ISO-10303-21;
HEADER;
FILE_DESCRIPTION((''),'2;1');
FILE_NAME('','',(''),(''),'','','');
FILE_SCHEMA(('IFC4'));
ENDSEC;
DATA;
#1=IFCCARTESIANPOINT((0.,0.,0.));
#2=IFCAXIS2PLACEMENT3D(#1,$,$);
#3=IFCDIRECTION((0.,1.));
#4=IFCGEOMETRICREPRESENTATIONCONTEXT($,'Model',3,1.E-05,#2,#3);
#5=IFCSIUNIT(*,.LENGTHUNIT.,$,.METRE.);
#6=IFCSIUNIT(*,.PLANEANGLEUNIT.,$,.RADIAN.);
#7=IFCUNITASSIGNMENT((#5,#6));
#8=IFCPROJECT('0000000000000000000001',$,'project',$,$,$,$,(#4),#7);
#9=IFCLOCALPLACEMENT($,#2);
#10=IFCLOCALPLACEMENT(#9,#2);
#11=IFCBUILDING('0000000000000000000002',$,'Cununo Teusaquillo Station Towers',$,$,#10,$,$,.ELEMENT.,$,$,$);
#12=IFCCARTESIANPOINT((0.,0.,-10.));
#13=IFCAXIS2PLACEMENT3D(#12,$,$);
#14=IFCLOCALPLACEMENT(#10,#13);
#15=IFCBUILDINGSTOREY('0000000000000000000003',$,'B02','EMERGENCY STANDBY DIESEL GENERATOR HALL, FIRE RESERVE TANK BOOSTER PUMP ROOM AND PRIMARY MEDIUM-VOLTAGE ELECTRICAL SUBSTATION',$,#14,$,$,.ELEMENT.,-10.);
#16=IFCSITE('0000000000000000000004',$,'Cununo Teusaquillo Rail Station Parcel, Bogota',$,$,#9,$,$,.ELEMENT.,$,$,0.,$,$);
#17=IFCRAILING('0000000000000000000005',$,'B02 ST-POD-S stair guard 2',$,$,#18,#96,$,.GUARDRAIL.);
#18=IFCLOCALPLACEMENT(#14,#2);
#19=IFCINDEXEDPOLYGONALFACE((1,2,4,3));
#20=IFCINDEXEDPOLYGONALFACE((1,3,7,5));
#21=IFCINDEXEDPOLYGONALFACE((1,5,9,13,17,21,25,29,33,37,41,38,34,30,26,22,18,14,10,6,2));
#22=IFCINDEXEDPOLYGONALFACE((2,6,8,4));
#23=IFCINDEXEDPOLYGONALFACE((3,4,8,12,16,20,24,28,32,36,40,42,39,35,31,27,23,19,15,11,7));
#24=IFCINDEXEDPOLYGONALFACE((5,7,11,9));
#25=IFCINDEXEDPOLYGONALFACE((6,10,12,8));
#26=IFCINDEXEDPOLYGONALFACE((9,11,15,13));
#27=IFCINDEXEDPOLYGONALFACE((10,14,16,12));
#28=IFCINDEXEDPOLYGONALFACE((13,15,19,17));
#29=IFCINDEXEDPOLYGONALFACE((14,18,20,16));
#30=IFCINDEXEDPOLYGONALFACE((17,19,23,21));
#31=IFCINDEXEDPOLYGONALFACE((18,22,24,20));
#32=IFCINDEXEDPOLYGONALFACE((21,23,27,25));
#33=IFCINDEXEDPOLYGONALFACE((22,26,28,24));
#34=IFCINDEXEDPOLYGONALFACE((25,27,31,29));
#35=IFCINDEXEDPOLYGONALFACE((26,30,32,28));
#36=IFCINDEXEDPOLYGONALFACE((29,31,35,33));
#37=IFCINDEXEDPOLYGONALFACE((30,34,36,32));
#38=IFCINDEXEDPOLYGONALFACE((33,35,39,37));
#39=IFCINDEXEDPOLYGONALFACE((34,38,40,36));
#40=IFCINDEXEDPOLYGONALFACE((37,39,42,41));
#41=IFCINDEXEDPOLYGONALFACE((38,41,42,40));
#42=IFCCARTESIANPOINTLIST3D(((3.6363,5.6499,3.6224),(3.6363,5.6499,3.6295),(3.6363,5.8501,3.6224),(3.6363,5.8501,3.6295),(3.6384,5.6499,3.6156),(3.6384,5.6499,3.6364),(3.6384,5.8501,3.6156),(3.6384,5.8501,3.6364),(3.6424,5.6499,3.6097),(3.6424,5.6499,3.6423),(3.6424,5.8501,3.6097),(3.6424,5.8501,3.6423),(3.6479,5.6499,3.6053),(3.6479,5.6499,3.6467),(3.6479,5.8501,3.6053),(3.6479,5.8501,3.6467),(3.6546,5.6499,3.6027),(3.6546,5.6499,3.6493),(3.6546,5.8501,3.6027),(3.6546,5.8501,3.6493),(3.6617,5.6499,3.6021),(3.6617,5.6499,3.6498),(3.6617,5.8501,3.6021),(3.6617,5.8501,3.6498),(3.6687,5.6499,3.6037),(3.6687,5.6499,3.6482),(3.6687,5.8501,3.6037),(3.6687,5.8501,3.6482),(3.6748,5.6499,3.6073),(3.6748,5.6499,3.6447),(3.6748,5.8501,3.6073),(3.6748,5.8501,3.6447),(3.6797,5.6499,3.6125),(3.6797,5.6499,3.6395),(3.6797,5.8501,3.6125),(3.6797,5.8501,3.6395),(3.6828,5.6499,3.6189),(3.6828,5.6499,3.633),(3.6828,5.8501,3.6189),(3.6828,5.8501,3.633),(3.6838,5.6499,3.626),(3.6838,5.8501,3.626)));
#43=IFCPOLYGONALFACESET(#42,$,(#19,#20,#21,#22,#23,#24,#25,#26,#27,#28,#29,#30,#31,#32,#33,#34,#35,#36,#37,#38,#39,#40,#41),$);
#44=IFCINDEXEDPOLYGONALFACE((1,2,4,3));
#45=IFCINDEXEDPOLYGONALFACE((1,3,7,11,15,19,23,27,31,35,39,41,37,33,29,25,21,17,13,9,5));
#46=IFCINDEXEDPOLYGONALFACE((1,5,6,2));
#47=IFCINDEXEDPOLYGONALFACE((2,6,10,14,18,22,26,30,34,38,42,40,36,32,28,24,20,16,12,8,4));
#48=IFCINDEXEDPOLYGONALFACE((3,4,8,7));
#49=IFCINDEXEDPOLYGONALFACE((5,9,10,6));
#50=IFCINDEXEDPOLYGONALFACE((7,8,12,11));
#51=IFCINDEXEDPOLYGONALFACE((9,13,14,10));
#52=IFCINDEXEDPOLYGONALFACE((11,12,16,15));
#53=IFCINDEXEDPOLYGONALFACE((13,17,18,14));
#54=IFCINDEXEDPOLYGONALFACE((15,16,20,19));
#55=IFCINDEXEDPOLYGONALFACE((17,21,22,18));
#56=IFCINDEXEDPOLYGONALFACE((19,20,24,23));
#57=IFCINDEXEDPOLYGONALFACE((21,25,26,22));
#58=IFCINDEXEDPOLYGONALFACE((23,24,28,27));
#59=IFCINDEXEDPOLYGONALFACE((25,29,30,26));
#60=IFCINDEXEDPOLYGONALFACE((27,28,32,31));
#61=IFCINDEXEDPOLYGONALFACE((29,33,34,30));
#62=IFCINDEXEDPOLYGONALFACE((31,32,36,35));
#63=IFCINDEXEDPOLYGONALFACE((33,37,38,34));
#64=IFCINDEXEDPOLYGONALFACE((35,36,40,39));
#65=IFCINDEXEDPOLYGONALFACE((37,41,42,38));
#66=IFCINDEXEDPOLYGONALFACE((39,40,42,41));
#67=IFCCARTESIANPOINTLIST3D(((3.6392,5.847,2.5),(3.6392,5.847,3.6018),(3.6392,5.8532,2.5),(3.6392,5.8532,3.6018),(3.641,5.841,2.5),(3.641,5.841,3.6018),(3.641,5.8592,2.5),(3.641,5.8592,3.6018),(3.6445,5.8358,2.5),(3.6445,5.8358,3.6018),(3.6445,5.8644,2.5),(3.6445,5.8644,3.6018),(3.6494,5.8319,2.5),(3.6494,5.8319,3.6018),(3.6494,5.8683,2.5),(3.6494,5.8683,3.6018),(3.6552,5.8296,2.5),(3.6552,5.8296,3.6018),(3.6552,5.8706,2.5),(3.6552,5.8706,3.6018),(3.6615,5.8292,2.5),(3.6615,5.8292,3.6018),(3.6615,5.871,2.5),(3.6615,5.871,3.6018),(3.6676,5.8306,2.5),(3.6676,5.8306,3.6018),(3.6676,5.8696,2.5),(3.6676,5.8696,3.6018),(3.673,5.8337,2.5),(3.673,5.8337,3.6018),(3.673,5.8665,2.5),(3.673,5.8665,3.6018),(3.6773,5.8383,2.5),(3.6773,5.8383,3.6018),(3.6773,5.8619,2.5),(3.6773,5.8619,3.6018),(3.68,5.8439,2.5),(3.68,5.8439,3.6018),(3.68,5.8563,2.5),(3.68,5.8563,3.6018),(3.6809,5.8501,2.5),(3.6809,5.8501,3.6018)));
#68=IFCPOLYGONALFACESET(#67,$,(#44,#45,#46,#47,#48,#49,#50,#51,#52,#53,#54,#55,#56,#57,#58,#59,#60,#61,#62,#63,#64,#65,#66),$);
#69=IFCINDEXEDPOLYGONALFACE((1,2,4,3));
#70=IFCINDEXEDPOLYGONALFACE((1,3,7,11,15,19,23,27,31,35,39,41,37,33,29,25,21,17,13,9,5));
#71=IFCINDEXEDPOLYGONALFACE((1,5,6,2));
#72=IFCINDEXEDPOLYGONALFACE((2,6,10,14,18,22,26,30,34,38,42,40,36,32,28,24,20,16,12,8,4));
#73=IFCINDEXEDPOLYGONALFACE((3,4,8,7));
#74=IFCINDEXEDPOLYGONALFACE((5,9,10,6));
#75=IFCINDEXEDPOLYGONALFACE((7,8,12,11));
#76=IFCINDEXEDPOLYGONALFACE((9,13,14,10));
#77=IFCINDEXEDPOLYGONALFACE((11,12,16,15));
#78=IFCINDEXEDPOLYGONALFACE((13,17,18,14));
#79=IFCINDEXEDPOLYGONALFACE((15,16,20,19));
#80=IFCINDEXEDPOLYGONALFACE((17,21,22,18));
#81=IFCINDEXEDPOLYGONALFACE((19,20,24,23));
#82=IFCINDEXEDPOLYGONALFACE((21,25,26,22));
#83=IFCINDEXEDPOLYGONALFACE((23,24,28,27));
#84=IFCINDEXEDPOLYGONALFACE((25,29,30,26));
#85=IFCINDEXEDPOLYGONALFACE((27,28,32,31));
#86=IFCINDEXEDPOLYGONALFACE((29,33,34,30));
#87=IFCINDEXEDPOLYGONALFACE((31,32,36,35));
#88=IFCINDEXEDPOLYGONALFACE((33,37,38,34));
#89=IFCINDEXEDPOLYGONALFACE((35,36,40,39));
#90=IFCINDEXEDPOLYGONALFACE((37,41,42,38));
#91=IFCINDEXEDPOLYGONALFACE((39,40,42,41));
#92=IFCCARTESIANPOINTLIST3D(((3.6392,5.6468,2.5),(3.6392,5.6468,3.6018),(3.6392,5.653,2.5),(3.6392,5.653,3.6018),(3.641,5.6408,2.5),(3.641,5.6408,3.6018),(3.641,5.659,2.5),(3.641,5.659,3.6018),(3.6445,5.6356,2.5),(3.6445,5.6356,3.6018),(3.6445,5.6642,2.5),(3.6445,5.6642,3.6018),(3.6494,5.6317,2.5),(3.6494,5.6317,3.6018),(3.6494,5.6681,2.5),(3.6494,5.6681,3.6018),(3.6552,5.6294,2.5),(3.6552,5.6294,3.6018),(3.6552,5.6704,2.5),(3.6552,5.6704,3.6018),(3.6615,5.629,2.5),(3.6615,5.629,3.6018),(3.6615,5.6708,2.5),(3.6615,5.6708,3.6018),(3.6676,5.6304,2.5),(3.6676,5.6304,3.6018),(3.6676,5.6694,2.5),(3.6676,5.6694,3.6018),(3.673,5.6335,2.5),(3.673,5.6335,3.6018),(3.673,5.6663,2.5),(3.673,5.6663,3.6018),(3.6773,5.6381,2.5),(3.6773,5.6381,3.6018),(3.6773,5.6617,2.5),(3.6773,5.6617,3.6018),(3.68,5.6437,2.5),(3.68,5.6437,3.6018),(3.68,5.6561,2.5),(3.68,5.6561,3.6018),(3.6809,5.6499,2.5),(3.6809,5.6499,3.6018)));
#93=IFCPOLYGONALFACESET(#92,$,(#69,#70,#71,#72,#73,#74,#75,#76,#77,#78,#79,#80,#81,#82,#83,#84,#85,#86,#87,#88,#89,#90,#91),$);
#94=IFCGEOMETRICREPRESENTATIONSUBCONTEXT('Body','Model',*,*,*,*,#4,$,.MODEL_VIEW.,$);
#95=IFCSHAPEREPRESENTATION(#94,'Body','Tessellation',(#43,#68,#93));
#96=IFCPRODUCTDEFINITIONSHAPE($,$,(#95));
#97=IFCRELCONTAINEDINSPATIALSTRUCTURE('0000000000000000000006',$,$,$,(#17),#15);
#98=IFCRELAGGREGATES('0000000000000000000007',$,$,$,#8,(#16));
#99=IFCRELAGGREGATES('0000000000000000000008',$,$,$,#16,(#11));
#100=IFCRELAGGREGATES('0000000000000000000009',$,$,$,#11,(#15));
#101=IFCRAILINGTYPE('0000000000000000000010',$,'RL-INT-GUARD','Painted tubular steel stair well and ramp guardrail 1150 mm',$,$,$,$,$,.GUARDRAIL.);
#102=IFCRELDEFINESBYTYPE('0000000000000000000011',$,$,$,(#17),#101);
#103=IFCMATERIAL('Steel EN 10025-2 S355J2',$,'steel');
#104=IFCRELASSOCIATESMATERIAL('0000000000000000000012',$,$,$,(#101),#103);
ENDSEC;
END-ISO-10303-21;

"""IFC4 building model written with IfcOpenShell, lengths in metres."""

from ifc_helpers import new_model, si_unit, direction, frame, origin, origin_2d, place, context, subcontext, project, spatial, circle, extrude, material, type_object, element, save


model = new_model("IFC4")

# Units and contexts
model_context = context("Model", 3, precision=1e-05, world=origin(), true_north=direction((0.0, 1.0)))
body_context = subcontext(model_context, "Body", "Model", "MODEL_VIEW")
ifc_project = project(units=[si_unit("LENGTHUNIT", "METRE"), si_unit("PLANEANGLEUNIT", "RADIAN")], contexts=[model_context])

# Site, building, storey
site_placement = place(None, origin())
site = spatial("IfcSite", under=ifc_project, at=site_placement, Name="Cununo Teusaquillo Rail Station Parcel, Bogota", CompositionType="ELEMENT", RefElevation=0.0)
building_placement = place(site_placement, origin())
building = spatial("IfcBuilding", under=site, at=building_placement, Name="Cununo Teusaquillo Station Towers", CompositionType="ELEMENT")
storey_placement = place(building_placement, frame((0.0, 0.0, -10.0)))
storey = spatial("IfcBuildingStorey", under=building, at=storey_placement, Name="B02", Description="EMERGENCY STANDBY DIESEL GENERATOR HALL, FIRE RESERVE TANK BOOSTER PUMP ROOM AND PRIMARY MEDIUM-VOLTAGE ELECTRICAL SUBSTATION", CompositionType="ELEMENT", Elevation=-10.0)

# Railing
ifc_material_1 = material(Name="Steel EN 10025-2 S355J2", Category="steel")
railing_type_1 = type_object("IfcRailingType", Name="RL-INT-GUARD", Description="Painted tubular steel stair well and ramp guardrail 1150 mm", PredefinedType="GUARDRAIL", material=ifc_material_1)
railing_1_placement = place(storey_placement, frame((3.6599, 5.8501, 2.5)))
element("IfcRailing", 1, at=railing_1_placement, inside=storey, type_object=railing_type_1, Name="B02 ST-POD-S stair guard 2", PredefinedType="GUARDRAIL", context=body_context, shape_type="SweptSolid", body=[
    extrude(circle(Radius=0.0239, at=origin_2d()), frame((0.0, 0.0, 1.126), z_axis=(0.0, -1.0, 0.0), x_axis=(1.0, 0.0, 0.0)), (0.0, 0.0, 1.0), 0.2002),
    extrude(circle(Radius=0.021, at=origin_2d()), origin(), (0.0, 0.0, 1.0), 1.1018),
    extrude(circle(Radius=0.021, at=origin_2d()), frame((0.0, -0.2002, 0.0)), (0.0, 0.0, 1.0), 1.1018),
])

save(model, "model.ifc")
